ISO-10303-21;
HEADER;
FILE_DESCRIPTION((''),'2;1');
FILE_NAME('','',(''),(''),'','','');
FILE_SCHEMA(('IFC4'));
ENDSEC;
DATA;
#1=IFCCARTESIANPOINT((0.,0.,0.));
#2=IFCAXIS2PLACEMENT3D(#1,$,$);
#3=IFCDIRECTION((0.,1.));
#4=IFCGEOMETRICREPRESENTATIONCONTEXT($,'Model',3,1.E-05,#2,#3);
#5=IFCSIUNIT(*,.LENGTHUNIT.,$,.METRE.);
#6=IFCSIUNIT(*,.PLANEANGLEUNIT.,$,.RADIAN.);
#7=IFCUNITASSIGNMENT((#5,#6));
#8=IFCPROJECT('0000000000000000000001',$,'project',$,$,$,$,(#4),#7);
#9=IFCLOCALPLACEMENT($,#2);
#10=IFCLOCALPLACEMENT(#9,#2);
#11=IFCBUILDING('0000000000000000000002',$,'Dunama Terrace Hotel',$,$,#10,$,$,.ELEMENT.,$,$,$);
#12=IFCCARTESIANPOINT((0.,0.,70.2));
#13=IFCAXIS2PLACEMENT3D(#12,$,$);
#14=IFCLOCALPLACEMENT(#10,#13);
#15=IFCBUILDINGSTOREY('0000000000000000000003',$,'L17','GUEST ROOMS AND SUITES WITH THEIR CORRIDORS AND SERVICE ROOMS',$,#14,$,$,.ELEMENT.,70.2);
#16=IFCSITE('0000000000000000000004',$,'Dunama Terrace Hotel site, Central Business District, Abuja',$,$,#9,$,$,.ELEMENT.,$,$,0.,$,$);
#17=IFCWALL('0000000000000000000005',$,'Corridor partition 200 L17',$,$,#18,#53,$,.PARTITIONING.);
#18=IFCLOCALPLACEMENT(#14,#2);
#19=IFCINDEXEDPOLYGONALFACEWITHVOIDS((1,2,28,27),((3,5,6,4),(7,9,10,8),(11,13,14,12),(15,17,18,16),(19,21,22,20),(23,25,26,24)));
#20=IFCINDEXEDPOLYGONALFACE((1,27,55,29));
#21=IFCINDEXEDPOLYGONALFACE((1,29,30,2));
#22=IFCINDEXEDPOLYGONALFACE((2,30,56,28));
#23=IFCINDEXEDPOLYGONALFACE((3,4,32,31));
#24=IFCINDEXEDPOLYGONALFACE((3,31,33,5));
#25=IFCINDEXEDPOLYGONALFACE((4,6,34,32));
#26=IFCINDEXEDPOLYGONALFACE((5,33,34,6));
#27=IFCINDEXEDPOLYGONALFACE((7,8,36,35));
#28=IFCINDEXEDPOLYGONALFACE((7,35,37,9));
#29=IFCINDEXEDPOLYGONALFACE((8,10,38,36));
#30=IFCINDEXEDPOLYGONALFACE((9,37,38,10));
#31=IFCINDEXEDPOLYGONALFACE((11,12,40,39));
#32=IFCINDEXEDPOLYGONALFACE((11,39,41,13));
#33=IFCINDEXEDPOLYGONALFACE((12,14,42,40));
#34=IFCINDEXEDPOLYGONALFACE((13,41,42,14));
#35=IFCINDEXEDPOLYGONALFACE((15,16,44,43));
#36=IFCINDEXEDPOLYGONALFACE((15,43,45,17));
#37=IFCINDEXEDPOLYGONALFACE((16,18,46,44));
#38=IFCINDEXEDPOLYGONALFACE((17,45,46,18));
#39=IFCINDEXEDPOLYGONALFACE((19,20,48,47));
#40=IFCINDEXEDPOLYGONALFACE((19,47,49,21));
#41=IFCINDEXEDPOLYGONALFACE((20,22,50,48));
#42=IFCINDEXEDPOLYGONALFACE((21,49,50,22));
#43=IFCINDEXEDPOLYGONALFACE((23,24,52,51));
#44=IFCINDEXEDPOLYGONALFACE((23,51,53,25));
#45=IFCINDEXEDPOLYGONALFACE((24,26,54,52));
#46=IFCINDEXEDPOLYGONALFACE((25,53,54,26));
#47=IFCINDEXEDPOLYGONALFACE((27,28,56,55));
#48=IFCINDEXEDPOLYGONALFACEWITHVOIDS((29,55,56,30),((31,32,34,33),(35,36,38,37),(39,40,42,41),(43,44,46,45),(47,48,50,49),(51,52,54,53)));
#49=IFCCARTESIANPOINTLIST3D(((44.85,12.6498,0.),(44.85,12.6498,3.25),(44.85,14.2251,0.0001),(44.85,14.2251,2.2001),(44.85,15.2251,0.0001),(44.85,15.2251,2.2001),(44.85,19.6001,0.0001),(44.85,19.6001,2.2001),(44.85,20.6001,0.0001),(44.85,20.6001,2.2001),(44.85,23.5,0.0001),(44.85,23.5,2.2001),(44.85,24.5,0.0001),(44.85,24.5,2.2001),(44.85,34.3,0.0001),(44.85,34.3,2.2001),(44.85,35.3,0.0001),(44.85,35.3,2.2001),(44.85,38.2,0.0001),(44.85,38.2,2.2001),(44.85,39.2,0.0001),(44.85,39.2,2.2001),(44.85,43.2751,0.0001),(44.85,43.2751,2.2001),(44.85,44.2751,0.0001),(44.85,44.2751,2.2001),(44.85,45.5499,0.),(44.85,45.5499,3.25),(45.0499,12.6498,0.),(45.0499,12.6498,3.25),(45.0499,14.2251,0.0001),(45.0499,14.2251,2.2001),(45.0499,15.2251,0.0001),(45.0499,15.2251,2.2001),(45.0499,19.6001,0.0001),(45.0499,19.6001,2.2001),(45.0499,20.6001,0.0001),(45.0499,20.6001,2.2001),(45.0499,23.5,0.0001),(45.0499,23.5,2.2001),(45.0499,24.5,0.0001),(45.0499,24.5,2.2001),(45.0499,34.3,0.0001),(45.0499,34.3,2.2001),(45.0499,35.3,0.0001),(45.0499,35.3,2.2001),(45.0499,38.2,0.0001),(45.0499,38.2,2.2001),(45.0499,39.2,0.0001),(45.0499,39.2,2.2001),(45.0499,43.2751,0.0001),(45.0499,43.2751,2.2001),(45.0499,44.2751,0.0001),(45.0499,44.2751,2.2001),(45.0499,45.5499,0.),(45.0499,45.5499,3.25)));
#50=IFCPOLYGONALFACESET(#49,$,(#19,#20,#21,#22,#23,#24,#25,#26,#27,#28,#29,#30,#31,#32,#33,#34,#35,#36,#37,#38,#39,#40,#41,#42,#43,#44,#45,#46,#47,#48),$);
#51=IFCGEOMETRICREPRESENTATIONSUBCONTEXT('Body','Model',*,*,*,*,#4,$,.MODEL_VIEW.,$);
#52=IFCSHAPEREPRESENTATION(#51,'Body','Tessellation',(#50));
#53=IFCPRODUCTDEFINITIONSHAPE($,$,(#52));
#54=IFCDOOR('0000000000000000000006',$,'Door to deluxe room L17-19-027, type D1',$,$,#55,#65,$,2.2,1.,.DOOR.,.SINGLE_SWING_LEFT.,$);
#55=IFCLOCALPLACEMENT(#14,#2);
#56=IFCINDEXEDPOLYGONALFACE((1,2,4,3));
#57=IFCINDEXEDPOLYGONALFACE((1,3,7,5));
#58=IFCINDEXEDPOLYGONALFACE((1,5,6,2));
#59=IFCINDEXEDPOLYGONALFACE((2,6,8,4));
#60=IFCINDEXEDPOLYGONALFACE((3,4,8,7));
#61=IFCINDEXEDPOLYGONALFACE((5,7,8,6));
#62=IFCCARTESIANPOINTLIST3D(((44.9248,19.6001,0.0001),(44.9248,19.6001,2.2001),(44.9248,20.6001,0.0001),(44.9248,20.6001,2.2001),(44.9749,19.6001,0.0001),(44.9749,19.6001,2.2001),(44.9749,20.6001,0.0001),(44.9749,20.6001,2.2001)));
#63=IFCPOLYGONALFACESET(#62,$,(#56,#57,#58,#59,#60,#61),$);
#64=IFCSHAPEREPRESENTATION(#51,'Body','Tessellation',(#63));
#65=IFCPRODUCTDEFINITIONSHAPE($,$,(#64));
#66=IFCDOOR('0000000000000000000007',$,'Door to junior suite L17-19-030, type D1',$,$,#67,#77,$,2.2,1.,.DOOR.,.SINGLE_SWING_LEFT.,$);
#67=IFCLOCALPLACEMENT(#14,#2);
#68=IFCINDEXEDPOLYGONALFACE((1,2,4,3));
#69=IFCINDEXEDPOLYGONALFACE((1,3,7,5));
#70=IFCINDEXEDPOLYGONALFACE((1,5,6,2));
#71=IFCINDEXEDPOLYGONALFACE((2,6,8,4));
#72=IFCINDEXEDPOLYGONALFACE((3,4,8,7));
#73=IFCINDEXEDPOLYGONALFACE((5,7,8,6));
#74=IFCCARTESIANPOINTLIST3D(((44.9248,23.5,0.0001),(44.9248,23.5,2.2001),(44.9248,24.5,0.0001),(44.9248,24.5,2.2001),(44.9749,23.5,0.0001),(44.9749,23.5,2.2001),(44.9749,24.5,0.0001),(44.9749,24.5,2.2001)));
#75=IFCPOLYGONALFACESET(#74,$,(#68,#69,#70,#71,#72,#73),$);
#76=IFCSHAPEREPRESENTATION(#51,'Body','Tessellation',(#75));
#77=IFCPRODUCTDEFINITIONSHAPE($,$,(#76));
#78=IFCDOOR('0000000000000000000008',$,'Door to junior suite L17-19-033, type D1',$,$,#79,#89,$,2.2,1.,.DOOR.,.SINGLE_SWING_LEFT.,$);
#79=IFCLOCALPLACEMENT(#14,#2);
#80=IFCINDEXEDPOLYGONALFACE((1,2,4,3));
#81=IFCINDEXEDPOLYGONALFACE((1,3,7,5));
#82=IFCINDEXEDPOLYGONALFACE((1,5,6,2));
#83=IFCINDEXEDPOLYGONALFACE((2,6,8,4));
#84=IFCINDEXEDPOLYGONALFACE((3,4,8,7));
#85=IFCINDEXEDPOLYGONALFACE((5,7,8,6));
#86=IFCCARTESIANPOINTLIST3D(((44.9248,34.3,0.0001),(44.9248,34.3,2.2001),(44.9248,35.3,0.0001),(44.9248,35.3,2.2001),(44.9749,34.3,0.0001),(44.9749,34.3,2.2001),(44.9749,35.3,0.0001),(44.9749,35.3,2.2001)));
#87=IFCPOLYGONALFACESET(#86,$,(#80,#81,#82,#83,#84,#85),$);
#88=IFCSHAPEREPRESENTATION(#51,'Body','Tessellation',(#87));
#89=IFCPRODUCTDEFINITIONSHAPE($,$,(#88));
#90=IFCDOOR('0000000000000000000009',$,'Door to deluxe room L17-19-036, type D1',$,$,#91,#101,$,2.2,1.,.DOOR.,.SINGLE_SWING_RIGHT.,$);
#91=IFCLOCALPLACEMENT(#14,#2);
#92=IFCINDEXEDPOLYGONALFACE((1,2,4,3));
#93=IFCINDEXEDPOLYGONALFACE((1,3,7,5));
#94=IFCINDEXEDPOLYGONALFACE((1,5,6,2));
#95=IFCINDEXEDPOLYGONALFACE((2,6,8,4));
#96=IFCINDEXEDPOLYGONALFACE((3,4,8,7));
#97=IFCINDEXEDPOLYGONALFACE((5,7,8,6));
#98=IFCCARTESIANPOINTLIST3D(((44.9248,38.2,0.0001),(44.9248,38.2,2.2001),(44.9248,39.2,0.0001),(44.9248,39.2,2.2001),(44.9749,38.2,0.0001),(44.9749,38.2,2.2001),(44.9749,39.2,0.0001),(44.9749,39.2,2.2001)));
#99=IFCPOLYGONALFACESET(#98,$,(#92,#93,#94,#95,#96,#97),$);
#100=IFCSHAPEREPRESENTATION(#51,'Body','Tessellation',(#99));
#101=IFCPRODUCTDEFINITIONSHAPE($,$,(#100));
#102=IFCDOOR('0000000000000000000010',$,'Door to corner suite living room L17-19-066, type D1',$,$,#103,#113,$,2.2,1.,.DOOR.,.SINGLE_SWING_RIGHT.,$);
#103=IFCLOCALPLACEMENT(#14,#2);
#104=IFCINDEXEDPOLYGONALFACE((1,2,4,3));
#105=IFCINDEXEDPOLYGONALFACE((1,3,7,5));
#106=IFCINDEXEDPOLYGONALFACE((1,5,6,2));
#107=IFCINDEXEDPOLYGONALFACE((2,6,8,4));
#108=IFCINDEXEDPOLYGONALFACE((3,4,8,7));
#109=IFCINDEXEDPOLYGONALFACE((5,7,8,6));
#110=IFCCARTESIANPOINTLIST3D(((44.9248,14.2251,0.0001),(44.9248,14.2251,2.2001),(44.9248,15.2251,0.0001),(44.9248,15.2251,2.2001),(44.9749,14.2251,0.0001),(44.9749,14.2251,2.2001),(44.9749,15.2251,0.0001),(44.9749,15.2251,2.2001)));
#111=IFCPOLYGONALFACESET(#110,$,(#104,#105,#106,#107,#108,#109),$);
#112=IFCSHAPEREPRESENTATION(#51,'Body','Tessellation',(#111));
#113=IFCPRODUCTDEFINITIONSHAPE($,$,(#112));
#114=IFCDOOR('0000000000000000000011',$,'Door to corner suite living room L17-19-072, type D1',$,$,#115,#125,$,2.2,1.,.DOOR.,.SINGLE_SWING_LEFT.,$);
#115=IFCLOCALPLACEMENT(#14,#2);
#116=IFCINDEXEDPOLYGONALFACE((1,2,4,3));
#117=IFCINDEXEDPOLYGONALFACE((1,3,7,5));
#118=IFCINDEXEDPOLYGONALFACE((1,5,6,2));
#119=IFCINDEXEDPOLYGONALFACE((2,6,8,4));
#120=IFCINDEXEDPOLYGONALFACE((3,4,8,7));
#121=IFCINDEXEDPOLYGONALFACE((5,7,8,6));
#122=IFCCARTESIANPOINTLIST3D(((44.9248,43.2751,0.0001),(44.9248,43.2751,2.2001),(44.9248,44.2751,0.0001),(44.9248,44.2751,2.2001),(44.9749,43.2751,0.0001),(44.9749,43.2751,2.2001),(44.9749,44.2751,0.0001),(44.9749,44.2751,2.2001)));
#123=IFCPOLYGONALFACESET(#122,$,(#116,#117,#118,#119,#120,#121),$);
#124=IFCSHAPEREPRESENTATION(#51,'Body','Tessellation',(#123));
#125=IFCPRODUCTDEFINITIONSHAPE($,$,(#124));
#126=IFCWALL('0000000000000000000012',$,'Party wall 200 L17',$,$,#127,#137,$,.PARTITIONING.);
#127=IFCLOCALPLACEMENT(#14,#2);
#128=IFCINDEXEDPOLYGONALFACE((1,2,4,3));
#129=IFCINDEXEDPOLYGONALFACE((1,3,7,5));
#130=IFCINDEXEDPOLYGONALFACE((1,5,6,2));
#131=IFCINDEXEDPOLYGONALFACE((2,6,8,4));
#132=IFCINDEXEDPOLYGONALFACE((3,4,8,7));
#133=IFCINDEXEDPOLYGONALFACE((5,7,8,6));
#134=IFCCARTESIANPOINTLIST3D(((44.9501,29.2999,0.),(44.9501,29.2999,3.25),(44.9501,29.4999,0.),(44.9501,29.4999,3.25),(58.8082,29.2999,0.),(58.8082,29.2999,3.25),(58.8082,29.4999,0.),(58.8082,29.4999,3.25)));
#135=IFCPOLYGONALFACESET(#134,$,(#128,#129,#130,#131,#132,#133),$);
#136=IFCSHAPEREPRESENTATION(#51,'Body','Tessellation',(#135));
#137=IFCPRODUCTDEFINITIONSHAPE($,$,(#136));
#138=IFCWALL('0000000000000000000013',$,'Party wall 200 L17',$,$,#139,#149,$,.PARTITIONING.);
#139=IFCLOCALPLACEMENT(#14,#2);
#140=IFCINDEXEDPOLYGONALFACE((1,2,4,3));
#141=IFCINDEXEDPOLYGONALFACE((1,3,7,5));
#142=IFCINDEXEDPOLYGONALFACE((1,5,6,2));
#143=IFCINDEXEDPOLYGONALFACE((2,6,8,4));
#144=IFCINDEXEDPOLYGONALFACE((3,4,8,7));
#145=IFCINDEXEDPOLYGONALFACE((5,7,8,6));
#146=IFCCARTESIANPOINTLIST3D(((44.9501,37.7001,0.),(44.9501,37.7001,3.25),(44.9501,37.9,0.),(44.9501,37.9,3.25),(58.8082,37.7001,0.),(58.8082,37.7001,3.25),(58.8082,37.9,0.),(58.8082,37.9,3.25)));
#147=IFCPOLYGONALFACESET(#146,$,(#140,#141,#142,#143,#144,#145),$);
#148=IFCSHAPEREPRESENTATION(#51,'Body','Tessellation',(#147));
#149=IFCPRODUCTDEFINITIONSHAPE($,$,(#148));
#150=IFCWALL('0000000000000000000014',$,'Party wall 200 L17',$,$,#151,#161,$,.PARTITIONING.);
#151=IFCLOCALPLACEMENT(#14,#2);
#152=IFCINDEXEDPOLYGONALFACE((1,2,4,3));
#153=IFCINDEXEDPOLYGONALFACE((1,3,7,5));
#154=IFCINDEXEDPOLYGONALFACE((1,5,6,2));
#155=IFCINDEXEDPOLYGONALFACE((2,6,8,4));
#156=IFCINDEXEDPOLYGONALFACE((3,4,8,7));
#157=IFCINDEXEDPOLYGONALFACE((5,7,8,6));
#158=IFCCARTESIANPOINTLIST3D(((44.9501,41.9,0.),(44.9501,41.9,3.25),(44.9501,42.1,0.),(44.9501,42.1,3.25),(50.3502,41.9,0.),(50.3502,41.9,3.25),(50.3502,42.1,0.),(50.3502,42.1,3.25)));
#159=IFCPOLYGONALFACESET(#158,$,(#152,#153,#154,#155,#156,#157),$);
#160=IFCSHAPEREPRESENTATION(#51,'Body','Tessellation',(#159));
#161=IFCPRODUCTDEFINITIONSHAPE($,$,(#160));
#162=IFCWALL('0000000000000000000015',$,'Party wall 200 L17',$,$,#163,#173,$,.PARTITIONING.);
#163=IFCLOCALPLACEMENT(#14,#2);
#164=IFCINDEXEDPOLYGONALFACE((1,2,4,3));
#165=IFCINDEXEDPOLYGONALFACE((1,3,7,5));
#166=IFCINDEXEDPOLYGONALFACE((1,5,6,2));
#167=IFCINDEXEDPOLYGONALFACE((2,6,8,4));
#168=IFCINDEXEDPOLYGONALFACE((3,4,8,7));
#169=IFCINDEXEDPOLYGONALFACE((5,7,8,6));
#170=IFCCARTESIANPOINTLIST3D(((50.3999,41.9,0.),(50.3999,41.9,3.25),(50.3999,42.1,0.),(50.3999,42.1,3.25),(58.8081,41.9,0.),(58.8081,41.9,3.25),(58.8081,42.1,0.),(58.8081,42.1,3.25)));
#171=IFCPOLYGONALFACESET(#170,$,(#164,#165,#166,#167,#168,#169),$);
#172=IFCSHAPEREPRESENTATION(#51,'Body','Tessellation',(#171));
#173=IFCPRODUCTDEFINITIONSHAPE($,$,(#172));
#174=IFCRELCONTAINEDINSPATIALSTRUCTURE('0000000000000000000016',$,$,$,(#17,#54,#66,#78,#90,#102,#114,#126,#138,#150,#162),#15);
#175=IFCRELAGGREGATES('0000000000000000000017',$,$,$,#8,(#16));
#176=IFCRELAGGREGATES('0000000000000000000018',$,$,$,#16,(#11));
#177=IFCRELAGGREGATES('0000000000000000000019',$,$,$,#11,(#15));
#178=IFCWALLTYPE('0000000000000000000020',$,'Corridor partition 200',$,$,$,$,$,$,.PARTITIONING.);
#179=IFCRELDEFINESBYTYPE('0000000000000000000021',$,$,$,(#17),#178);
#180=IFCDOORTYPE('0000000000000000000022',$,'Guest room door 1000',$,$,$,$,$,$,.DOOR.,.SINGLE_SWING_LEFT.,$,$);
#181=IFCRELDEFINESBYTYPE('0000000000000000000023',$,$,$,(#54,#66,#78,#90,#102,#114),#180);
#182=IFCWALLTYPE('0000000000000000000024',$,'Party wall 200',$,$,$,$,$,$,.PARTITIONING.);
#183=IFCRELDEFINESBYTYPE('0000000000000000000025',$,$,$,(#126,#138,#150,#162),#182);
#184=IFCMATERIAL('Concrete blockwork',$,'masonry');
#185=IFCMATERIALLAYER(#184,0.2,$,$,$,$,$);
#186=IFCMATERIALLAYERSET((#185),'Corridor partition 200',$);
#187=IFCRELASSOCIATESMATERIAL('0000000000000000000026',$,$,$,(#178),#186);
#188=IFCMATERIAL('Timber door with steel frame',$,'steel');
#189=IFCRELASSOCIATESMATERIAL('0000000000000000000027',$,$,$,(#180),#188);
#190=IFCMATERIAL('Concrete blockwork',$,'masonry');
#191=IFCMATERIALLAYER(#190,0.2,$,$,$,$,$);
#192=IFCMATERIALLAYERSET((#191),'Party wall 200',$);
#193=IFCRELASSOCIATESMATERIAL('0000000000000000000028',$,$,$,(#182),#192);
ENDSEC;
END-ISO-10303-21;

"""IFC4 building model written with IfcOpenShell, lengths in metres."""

from ifc_helpers import new_model, si_unit, direction, frame, frame_2d, origin, place, context, subcontext, project, spatial, rectangle, extrude, material, layer, layer_set, type_object, element, fill, save


model = new_model("IFC4")

# Units and contexts
model_context = context("Model", 3, precision=1e-05, world=origin(), true_north=direction((0.0, 1.0)))
body_context = subcontext(model_context, "Body", "Model", "MODEL_VIEW")
ifc_project = project(units=[si_unit("LENGTHUNIT", "METRE"), si_unit("PLANEANGLEUNIT", "RADIAN")], contexts=[model_context])

# Site, building, storey
site_placement = place(None, origin())
site = spatial("IfcSite", under=ifc_project, at=site_placement, Name="Dunama Terrace Hotel site, Central Business District, Abuja", CompositionType="ELEMENT", RefElevation=0.0)
building_placement = place(site_placement, origin())
building = spatial("IfcBuilding", under=site, at=building_placement, Name="Dunama Terrace Hotel", CompositionType="ELEMENT")
storey_placement = place(building_placement, frame((0.0, 0.0, 70.2)))
storey = spatial("IfcBuildingStorey", under=building, at=storey_placement, Name="L17", Description="GUEST ROOMS AND SUITES WITH THEIR CORRIDORS AND SERVICE ROOMS", CompositionType="ELEMENT", Elevation=70.2)

# Wall, openings, doors
ifc_material_1 = material(Name="Concrete blockwork", Category="masonry")
ifc_layer_1 = layer(ifc_material_1, 0.2)
ifc_layer_set_1 = layer_set([ifc_layer_1], Name="Corridor partition 200")
wall_type_1 = type_object("IfcWallType", Name="Corridor partition 200", PredefinedType="PARTITIONING", material=ifc_layer_set_1)
wall_1_placement = place(storey_placement, frame((44.95, 45.55, 0.0), z_axis=(0.0, 0.0, 1.0), x_axis=(0.0, -1.0, 0.0)))
wall_1 = element("IfcWall", 1, at=wall_1_placement, inside=storey, type_object=wall_type_1, Name="Corridor partition 200 L17", PredefinedType="PARTITIONING", context=body_context, shape_type="SweptSolid", body=[
    extrude(rectangle(XDim=32.9001, YDim=0.2, at=frame_2d((16.4502, 0.0))), origin(), (0.0, 0.0, 1.0), 3.25),
])
opening_1_placement = place(wall_1_placement, frame((24.95, 0.0, 0.0)))
opening_1 = element("IfcOpeningElement", 2, at=opening_1_placement, cuts=wall_1, PredefinedType="OPENING", context=body_context, shape_type="SweptSolid", body=[
    extrude(rectangle(XDim=1.0, YDim=2.2, at=frame_2d((0.5, 1.1001))), frame((0.0, 0.1099, 0.0), z_axis=(0.0, -1.0, 0.0), x_axis=(1.0, 0.0, 0.0)), (0.0, 0.0, 1.0), 0.22),
])
opening_2_placement = place(wall_1_placement, frame((21.05, 0.0, 0.0)))
opening_2 = element("IfcOpeningElement", 3, at=opening_2_placement, cuts=wall_1, PredefinedType="OPENING", context=body_context, shape_type="SweptSolid", body=[
    extrude(rectangle(XDim=1.0, YDim=2.2, at=frame_2d((0.5, 1.1001))), frame((0.0, 0.1099, 0.0), z_axis=(0.0, -1.0, 0.0), x_axis=(1.0, 0.0, 0.0)), (0.0, 0.0, 1.0), 0.22),
])
opening_3_placement = place(wall_1_placement, frame((10.25, 0.0, 0.0)))
opening_3 = element("IfcOpeningElement", 4, at=opening_3_placement, cuts=wall_1, PredefinedType="OPENING", context=body_context, shape_type="SweptSolid", body=[
    extrude(rectangle(XDim=1.0, YDim=2.2, at=frame_2d((0.5, 1.1001))), frame((0.0, 0.1099, 0.0), z_axis=(0.0, -1.0, 0.0), x_axis=(1.0, 0.0, 0.0)), (0.0, 0.0, 1.0), 0.22),
])
opening_4_placement = place(wall_1_placement, frame((6.3501, 0.0, 0.0)))
opening_4 = element("IfcOpeningElement", 5, at=opening_4_placement, cuts=wall_1, PredefinedType="OPENING", context=body_context, shape_type="SweptSolid", body=[
    extrude(rectangle(XDim=1.0, YDim=2.2, at=frame_2d((0.5, 1.1001))), frame((0.0, 0.1099, 0.0), z_axis=(0.0, -1.0, 0.0), x_axis=(1.0, 0.0, 0.0)), (0.0, 0.0, 1.0), 0.22),
])
opening_5_placement = place(wall_1_placement, frame((30.325, 0.0, 0.0)))
opening_5 = element("IfcOpeningElement", 6, at=opening_5_placement, cuts=wall_1, PredefinedType="OPENING", context=body_context, shape_type="SweptSolid", body=[
    extrude(rectangle(XDim=1.0, YDim=2.2, at=frame_2d((0.5, 1.1001))), frame((0.0, 0.1099, 0.0), z_axis=(0.0, -1.0, 0.0), x_axis=(1.0, 0.0, 0.0)), (0.0, 0.0, 1.0), 0.22),
])
opening_6_placement = place(wall_1_placement, frame((1.2749, 0.0, 0.0)))
opening_6 = element("IfcOpeningElement", 7, at=opening_6_placement, cuts=wall_1, PredefinedType="OPENING", context=body_context, shape_type="SweptSolid", body=[
    extrude(rectangle(XDim=1.0, YDim=2.2, at=frame_2d((0.5, 1.1001))), frame((0.0, 0.1099, 0.0), z_axis=(0.0, -1.0, 0.0), x_axis=(1.0, 0.0, 0.0)), (0.0, 0.0, 1.0), 0.22),
])
ifc_material_2 = material(Name="Timber door with steel frame", Category="steel")
door_type_1 = type_object("IfcDoorType", Name="Guest room door 1000", OperationType="SINGLE_SWING_LEFT", PredefinedType="DOOR", material=ifc_material_2)
door_1_placement = place(opening_1_placement, origin())
door_1 = element("IfcDoor", 8, at=door_1_placement, inside=storey, type_object=door_type_1, Name="Door to deluxe room L17-19-027, type D1", OperationType="SINGLE_SWING_LEFT", OverallHeight=2.2, OverallWidth=1.0, PredefinedType="DOOR", context=body_context, shape_type="SweptSolid", body=[
    extrude(rectangle(XDim=1.0, YDim=2.2, at=frame_2d((0.5, 1.1001))), frame((0.0, 0.0249, 0.0), z_axis=(0.0, -1.0, 0.0), x_axis=(1.0, 0.0, 0.0)), (0.0, 0.0, 1.0), 0.05),
])
fill(opening_1, door_1)
door_2_placement = place(opening_2_placement, origin())
door_2 = element("IfcDoor", 9, at=door_2_placement, inside=storey, type_object=door_type_1, Name="Door to junior suite L17-19-030, type D1", OperationType="SINGLE_SWING_LEFT", OverallHeight=2.2, OverallWidth=1.0, PredefinedType="DOOR", context=body_context, shape_type="SweptSolid", body=[
    extrude(rectangle(XDim=1.0, YDim=2.2, at=frame_2d((0.5, 1.1001))), frame((0.0, 0.0249, 0.0), z_axis=(0.0, -1.0, 0.0), x_axis=(1.0, 0.0, 0.0)), (0.0, 0.0, 1.0), 0.05),
])
fill(opening_2, door_2)
door_3_placement = place(opening_3_placement, origin())
door_3 = element("IfcDoor", 10, at=door_3_placement, inside=storey, type_object=door_type_1, Name="Door to junior suite L17-19-033, type D1", OperationType="SINGLE_SWING_LEFT", OverallHeight=2.2, OverallWidth=1.0, PredefinedType="DOOR", context=body_context, shape_type="SweptSolid", body=[
    extrude(rectangle(XDim=1.0, YDim=2.2, at=frame_2d((0.5, 1.1001))), frame((0.0, 0.0249, 0.0), z_axis=(0.0, -1.0, 0.0), x_axis=(1.0, 0.0, 0.0)), (0.0, 0.0, 1.0), 0.05),
])
fill(opening_3, door_3)
door_4_placement = place(opening_4_placement, origin())
door_4 = element("IfcDoor", 11, at=door_4_placement, inside=storey, type_object=door_type_1, Name="Door to deluxe room L17-19-036, type D1", OperationType="SINGLE_SWING_RIGHT", OverallHeight=2.2, OverallWidth=1.0, PredefinedType="DOOR", context=body_context, shape_type="SweptSolid", body=[
    extrude(rectangle(XDim=1.0, YDim=2.2, at=frame_2d((0.5, 1.1001))), frame((0.0, 0.0249, 0.0), z_axis=(0.0, -1.0, 0.0), x_axis=(1.0, 0.0, 0.0)), (0.0, 0.0, 1.0), 0.05),
])
fill(opening_4, door_4)
door_5_placement = place(opening_5_placement, origin())
door_5 = element("IfcDoor", 12, at=door_5_placement, inside=storey, type_object=door_type_1, Name="Door to corner suite living room L17-19-066, type D1", OperationType="SINGLE_SWING_RIGHT", OverallHeight=2.2, OverallWidth=1.0, PredefinedType="DOOR", context=body_context, shape_type="SweptSolid", body=[
    extrude(rectangle(XDim=1.0, YDim=2.2, at=frame_2d((0.5, 1.1001))), frame((0.0, 0.0249, 0.0), z_axis=(0.0, -1.0, 0.0), x_axis=(1.0, 0.0, 0.0)), (0.0, 0.0, 1.0), 0.05),
])
fill(opening_5, door_5)
door_6_placement = place(opening_6_placement, origin())
door_6 = element("IfcDoor", 13, at=door_6_placement, inside=storey, type_object=door_type_1, Name="Door to corner suite living room L17-19-072, type D1", OperationType="SINGLE_SWING_LEFT", OverallHeight=2.2, OverallWidth=1.0, PredefinedType="DOOR", context=body_context, shape_type="SweptSolid", body=[
    extrude(rectangle(XDim=1.0, YDim=2.2, at=frame_2d((0.5, 1.1001))), frame((0.0, 0.0249, 0.0), z_axis=(0.0, -1.0, 0.0), x_axis=(1.0, 0.0, 0.0)), (0.0, 0.0, 1.0), 0.05),
])
fill(opening_6, door_6)

# Walls
ifc_material_3 = material(Name="Concrete blockwork", Category="masonry")
ifc_layer_2 = layer(ifc_material_3, 0.2)
ifc_layer_set_2 = layer_set([ifc_layer_2], Name="Party wall 200")
wall_type_2 = type_object("IfcWallType", Name="Party wall 200", PredefinedType="PARTITIONING", material=ifc_layer_set_2)
for number, where, z_axis, x_axis, name in (
    (14, (44.95, 29.3999, 0.0), (0.0, 0.0, 1.0), (1.0, 0.0, 0.0), "Party wall 200 L17"),
    (15, (44.95, 37.8, 0.0), (0.0, 0.0, 1.0), (1.0, 0.0, 0.0), "Party wall 200 L17"),
):
    element("IfcWall", number, at=place(storey_placement, frame(where, z_axis=z_axis, x_axis=x_axis)), inside=storey, type_object=wall_type_2, Name=name, PredefinedType="PARTITIONING", context=body_context, shape_type="SweptSolid", body=[
        extrude(rectangle(XDim=13.8582, YDim=0.2, at=frame_2d((6.9292, 0.0))), origin(), (0.0, 0.0, 1.0), 3.25),
    ])
wall_2_placement = place(storey_placement, frame((44.95, 42.0, 0.0), z_axis=(0.0, 0.0, 1.0), x_axis=(1.0, 0.0, 0.0)))
element("IfcWall", 16, at=wall_2_placement, inside=storey, type_object=wall_type_2, Name="Party wall 200 L17", PredefinedType="PARTITIONING", context=body_context, shape_type="SweptSolid", body=[
    extrude(rectangle(XDim=5.4001, YDim=0.2, at=frame_2d((2.7002, 0.0))), origin(), (0.0, 0.0, 1.0), 3.25),
])
wall_3_placement = place(storey_placement, frame((50.3999, 42.0, 0.0), z_axis=(0.0, 0.0, 1.0), x_axis=(1.0, 0.0, 0.0)))
element("IfcWall", 17, at=wall_3_placement, inside=storey, type_object=wall_type_2, Name="Party wall 200 L17", PredefinedType="PARTITIONING", context=body_context, shape_type="SweptSolid", body=[
    extrude(rectangle(XDim=8.4082, YDim=0.2, at=frame_2d((4.2041, 0.0))), origin(), (0.0, 0.0, 1.0), 3.25),
])

save(model, "model.ifc")
